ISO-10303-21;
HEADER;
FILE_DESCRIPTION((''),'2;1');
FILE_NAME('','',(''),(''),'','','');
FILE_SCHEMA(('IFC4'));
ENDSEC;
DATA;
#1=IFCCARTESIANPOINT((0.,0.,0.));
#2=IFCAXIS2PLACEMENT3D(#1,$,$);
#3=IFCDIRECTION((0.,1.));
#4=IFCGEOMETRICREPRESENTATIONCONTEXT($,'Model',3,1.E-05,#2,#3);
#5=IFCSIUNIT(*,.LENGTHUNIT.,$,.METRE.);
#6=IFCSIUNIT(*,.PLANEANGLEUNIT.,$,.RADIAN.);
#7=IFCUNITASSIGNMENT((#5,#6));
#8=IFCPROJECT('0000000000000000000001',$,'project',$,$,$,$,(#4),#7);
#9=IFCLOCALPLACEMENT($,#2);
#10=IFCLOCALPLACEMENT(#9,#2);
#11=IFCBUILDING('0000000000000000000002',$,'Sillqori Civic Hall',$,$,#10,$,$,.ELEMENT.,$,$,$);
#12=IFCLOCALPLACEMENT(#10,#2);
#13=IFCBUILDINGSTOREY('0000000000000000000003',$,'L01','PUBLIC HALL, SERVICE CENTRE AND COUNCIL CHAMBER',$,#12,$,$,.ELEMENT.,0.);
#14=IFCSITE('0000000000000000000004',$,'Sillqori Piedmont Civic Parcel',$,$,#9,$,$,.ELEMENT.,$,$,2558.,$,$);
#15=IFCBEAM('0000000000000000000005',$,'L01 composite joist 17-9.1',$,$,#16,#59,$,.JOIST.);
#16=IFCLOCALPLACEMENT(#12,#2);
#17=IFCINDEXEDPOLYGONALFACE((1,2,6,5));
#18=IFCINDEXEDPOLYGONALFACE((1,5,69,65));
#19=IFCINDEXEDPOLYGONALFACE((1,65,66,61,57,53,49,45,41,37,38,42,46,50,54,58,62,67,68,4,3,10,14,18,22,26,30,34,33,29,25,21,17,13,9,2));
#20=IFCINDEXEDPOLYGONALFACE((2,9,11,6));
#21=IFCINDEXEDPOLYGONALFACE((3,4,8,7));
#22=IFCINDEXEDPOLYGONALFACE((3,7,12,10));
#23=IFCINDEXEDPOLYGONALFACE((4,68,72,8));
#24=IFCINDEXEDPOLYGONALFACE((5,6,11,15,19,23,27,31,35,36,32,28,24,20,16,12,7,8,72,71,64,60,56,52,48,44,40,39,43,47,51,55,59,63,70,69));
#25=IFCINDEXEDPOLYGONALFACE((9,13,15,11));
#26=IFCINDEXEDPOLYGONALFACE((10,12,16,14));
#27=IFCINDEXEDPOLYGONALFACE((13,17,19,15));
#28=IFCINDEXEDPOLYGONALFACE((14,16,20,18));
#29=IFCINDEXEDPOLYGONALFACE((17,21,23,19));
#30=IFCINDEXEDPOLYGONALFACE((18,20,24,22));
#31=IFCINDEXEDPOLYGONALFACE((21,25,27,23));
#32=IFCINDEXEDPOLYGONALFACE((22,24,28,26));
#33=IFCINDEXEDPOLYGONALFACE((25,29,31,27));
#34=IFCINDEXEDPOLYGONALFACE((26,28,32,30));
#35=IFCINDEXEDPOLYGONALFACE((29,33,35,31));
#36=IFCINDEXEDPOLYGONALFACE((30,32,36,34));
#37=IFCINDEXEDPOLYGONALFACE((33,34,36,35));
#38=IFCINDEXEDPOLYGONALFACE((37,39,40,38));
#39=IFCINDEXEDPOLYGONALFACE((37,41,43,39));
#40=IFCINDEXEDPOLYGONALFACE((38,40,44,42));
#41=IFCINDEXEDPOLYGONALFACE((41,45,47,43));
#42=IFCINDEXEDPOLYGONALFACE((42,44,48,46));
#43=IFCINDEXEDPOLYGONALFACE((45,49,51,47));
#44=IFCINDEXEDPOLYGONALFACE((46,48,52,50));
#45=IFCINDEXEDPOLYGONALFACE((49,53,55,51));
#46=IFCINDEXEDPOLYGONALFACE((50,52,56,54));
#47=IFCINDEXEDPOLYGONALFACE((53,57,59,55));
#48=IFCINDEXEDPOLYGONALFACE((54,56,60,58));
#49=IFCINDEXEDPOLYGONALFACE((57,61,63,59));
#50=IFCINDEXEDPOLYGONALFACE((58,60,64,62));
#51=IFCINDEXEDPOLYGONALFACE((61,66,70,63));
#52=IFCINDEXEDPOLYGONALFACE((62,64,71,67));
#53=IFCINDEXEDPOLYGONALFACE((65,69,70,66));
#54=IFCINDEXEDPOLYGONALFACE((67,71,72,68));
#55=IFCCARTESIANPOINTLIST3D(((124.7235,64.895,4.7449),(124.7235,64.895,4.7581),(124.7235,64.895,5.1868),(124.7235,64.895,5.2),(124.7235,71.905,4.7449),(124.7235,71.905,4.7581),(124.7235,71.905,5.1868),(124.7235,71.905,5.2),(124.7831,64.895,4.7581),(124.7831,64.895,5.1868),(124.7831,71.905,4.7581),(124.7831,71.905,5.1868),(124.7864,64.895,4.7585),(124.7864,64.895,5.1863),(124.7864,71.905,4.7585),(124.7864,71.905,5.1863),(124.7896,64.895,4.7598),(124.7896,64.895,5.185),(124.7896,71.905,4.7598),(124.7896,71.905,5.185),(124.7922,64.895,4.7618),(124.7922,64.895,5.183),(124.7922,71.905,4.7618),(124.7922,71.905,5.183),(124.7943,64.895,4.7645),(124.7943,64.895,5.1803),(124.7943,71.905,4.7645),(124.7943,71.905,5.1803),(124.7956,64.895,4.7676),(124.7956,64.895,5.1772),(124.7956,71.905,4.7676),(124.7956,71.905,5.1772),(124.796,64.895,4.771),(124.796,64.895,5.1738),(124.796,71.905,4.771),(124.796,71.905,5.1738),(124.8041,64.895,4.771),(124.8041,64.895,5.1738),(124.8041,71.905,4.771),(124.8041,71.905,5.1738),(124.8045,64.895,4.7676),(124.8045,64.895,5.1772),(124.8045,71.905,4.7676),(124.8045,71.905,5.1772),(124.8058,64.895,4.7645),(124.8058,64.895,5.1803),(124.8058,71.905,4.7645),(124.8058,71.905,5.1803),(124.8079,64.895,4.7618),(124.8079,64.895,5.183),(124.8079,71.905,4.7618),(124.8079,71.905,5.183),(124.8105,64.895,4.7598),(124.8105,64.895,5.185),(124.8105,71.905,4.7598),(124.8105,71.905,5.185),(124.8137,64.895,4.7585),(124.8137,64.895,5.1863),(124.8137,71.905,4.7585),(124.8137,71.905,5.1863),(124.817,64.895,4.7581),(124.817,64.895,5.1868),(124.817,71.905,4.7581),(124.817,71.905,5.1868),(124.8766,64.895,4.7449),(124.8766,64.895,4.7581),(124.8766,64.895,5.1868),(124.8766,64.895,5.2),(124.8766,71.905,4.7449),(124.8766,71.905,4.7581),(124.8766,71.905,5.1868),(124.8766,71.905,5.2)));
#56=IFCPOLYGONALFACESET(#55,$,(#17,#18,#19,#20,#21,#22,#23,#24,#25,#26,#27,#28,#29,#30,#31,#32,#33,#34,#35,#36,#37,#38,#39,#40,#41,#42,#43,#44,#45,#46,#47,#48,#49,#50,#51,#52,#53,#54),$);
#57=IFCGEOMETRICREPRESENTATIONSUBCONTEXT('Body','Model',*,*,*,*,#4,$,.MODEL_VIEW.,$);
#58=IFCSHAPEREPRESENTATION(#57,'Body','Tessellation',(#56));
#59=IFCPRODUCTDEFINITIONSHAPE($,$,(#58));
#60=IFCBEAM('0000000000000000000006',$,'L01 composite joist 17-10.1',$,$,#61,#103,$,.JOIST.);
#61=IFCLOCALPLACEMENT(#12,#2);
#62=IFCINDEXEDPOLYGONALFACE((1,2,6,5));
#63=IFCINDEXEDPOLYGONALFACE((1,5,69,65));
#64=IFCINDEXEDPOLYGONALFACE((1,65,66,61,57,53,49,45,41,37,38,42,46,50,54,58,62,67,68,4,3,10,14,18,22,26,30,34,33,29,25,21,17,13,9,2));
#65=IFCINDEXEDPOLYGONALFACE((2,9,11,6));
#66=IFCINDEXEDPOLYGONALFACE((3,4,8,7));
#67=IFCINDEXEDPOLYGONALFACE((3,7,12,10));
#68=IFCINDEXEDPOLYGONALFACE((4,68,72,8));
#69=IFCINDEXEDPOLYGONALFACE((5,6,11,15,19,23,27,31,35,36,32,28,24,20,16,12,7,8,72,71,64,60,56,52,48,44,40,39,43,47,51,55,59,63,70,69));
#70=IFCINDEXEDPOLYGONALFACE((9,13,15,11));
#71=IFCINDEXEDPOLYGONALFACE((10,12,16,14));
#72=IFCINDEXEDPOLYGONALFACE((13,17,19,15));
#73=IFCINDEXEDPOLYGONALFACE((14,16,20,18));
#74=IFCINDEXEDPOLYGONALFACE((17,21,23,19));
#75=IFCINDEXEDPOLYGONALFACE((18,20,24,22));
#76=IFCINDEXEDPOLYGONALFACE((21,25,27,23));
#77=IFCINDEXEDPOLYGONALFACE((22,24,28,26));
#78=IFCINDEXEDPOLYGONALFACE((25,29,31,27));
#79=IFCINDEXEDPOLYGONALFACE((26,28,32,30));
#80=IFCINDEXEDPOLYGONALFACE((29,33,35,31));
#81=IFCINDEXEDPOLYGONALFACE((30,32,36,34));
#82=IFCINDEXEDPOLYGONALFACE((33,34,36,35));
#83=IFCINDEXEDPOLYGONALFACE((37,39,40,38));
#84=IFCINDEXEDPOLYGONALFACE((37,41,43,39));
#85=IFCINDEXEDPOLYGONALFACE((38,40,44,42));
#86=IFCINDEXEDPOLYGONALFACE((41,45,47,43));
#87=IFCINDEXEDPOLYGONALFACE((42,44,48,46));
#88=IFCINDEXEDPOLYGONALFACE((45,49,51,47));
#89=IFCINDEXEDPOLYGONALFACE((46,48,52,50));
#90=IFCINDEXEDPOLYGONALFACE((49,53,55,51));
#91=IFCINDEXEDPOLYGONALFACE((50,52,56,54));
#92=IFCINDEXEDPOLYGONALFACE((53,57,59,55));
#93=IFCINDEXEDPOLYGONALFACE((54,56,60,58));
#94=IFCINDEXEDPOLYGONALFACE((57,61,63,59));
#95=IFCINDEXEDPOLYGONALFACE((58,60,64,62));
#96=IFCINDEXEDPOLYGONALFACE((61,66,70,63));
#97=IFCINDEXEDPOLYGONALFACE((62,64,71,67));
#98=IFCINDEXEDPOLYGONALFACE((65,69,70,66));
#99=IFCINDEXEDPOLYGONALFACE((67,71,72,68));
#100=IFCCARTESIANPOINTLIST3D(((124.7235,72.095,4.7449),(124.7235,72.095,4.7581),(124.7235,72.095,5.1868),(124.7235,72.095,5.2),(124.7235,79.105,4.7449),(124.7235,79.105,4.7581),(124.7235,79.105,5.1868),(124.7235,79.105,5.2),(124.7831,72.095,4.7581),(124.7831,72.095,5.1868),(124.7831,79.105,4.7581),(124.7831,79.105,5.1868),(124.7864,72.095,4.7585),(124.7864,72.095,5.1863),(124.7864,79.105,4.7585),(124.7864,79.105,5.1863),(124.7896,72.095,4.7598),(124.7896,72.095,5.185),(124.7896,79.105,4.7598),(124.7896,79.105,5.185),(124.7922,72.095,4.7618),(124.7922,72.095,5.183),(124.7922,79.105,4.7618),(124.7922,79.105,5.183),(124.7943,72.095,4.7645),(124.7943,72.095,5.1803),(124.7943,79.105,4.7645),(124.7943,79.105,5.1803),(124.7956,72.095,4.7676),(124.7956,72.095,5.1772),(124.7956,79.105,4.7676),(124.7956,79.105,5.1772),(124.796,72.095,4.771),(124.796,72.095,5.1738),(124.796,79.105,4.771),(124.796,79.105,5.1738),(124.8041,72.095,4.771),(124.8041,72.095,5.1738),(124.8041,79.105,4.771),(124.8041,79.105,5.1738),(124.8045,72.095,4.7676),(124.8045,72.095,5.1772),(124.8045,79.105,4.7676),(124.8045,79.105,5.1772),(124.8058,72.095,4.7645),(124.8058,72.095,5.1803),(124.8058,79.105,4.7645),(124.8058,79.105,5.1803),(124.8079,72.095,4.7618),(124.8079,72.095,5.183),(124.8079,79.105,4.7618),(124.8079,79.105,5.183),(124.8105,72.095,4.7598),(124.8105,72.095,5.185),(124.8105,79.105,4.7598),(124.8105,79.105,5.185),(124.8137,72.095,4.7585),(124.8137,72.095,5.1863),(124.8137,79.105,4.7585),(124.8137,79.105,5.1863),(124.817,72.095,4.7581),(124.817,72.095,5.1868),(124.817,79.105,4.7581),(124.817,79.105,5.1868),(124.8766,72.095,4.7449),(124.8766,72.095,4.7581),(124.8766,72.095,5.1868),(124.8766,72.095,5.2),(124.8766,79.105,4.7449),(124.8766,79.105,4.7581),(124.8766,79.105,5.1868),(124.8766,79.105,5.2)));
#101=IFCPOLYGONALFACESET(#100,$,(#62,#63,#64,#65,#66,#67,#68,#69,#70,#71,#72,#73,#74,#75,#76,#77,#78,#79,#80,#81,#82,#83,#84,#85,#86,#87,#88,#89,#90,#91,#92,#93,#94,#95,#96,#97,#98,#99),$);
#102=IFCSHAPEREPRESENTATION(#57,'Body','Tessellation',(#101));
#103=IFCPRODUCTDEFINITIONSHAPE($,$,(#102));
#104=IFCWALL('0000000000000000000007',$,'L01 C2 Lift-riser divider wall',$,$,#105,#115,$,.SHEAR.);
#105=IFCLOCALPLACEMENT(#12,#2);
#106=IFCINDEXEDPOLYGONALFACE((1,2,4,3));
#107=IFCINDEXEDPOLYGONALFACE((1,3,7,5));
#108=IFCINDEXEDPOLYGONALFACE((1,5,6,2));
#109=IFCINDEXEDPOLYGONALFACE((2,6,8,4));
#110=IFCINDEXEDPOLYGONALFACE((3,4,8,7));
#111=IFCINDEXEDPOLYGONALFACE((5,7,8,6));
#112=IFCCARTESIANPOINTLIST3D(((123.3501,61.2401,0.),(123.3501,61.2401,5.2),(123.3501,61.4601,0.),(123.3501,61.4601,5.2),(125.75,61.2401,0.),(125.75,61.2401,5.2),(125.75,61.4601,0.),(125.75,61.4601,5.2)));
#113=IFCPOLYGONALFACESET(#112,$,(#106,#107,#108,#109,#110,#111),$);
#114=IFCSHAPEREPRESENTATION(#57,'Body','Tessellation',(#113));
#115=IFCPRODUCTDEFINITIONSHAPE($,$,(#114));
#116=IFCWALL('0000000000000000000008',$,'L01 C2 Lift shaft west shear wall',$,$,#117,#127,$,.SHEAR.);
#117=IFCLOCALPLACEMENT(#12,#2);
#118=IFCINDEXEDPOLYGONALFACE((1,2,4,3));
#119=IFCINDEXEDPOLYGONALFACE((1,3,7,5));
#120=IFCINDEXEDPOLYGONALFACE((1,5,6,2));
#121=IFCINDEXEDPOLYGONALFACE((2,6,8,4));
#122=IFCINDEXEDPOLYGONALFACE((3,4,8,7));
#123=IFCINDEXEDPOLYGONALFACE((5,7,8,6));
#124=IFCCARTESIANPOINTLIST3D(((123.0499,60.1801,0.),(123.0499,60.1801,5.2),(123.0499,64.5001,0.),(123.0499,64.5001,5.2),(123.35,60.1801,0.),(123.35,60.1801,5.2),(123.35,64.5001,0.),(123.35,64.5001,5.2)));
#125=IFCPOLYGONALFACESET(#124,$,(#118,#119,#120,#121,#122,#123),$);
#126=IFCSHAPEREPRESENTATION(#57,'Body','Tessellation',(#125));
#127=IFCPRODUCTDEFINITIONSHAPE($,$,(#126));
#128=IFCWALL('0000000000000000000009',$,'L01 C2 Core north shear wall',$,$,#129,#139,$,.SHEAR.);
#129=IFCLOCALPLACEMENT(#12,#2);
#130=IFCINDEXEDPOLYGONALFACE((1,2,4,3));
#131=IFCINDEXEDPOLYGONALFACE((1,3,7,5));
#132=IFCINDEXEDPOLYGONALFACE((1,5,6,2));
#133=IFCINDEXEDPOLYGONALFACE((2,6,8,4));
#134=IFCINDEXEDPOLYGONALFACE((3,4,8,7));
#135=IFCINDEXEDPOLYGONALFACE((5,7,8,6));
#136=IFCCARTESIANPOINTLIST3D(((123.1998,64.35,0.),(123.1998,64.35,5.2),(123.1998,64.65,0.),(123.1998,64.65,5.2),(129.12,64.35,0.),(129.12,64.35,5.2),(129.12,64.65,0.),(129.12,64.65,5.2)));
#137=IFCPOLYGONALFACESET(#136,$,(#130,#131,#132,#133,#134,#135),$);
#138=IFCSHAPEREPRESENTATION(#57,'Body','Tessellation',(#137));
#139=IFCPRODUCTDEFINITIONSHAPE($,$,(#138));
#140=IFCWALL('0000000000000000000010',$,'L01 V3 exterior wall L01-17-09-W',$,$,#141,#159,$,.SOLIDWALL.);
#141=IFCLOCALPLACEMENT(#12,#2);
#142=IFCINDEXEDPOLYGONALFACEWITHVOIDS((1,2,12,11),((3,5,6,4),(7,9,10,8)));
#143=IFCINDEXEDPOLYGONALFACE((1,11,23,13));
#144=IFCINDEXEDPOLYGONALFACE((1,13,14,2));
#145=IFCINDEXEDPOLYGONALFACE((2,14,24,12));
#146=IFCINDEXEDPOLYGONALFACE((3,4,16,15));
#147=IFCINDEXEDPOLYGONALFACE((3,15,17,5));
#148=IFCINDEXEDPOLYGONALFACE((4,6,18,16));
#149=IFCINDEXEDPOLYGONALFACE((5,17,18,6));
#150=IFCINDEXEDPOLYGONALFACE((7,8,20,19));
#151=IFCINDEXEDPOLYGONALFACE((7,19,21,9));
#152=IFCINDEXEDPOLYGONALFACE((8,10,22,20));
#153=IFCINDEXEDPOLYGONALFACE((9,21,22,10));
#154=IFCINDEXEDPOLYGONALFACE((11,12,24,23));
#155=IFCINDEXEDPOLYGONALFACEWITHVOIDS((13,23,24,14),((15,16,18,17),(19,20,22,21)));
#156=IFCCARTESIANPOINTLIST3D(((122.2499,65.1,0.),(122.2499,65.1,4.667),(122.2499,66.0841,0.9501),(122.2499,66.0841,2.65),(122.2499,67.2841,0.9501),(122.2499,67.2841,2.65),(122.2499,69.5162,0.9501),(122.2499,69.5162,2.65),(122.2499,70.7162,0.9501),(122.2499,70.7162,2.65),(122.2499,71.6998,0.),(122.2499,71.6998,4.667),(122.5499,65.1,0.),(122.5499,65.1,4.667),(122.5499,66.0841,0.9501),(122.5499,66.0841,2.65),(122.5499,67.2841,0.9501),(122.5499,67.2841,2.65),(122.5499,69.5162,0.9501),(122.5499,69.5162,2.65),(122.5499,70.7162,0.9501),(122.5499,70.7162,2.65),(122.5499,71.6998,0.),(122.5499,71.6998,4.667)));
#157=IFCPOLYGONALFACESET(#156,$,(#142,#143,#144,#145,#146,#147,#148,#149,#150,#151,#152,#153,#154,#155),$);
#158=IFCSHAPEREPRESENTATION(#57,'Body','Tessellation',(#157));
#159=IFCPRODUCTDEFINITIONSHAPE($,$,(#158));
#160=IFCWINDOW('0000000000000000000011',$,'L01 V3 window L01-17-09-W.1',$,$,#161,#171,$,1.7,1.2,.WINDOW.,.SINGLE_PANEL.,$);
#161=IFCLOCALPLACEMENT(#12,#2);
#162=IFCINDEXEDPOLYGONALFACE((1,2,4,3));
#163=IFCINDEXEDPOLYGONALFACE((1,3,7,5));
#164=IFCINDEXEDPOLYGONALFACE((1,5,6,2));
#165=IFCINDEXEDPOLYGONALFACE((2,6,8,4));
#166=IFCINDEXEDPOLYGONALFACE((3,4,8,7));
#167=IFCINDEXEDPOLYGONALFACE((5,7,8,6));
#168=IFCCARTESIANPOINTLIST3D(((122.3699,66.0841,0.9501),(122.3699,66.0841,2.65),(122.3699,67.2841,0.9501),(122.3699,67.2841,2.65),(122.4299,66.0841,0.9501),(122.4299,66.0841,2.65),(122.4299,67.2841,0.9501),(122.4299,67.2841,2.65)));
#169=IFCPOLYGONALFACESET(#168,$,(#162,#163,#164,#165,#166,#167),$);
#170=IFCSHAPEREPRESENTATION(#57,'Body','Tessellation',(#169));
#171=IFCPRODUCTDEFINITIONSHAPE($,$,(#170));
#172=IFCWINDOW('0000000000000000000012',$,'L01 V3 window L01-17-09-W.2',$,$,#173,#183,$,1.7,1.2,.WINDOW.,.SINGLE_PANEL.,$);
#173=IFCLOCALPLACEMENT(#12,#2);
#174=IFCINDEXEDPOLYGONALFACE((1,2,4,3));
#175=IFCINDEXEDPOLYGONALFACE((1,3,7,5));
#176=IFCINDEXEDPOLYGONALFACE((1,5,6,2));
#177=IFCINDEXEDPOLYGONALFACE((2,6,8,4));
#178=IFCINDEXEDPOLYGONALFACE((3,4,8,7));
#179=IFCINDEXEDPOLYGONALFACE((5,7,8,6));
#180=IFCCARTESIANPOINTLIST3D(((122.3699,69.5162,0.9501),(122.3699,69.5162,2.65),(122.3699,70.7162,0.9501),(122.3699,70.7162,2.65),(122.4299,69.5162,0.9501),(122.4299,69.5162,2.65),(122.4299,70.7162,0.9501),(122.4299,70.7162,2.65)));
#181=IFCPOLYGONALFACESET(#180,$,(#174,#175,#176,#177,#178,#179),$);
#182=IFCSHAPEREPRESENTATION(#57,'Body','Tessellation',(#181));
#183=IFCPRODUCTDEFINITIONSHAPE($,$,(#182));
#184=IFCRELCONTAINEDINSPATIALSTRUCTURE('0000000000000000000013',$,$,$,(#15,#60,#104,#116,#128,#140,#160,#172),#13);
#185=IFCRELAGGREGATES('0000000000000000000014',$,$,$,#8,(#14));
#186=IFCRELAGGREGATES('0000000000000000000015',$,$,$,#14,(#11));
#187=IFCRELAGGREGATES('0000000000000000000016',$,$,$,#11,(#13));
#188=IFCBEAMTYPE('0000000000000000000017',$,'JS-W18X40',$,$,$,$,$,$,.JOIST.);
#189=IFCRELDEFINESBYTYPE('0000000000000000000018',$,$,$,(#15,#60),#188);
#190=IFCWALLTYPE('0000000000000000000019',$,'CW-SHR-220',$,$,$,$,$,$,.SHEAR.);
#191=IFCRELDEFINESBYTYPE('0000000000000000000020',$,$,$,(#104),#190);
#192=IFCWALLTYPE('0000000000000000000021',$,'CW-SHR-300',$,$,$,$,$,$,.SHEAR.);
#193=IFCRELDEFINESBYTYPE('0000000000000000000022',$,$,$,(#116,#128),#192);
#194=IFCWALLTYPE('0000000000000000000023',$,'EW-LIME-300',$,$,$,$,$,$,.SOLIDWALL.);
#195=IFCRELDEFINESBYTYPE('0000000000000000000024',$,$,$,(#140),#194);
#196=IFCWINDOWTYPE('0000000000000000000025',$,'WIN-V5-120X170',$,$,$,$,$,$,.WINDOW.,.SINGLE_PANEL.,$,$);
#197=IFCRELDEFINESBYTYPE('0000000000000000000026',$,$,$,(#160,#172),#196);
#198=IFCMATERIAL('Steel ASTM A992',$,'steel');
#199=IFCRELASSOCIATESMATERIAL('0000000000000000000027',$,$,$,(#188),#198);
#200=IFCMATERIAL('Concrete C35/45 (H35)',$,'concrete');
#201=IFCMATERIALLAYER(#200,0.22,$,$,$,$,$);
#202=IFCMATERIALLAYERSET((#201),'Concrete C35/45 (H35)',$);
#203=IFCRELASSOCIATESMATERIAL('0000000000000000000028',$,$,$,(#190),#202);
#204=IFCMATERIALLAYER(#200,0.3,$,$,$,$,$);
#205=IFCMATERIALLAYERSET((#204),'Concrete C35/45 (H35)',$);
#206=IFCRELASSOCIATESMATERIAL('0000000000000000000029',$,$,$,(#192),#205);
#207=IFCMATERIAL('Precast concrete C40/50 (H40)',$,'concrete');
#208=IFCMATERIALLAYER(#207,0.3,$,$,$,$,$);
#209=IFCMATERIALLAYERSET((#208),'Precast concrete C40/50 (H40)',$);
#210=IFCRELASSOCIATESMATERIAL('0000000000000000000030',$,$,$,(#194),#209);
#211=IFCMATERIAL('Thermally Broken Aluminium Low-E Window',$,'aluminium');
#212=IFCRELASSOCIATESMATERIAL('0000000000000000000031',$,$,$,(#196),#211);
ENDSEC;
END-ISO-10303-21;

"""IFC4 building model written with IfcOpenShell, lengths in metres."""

from ifc_helpers import new_model, si_unit, direction, frame, frame_2d, origin, origin_2d, place, context, subcontext, project, spatial, rectangle, i_section, extrude, material, layer, layer_set, material_profile, profile_set, type_object, element, fill, save


model = new_model("IFC4")

# Units and contexts
model_context = context("Model", 3, precision=1e-05, world=origin(), true_north=direction((0.0, 1.0)))
body_context = subcontext(model_context, "Body", "Model", "MODEL_VIEW")
ifc_project = project(units=[si_unit("LENGTHUNIT", "METRE"), si_unit("PLANEANGLEUNIT", "RADIAN")], contexts=[model_context])

# Site, building, storey
site_placement = place(None, origin())
site = spatial("IfcSite", under=ifc_project, at=site_placement, Name="Sillqori Piedmont Civic Parcel", CompositionType="ELEMENT", RefElevation=2558.0)
building_placement = place(site_placement, origin())
building = spatial("IfcBuilding", under=site, at=building_placement, Name="Sillqori Civic Hall", CompositionType="ELEMENT")
storey_placement = place(building_placement, origin())
storey = spatial("IfcBuildingStorey", under=building, at=storey_placement, Name="L01", Description="PUBLIC HALL, SERVICE CENTRE AND COUNCIL CHAMBER", CompositionType="ELEMENT", Elevation=0.0)

# Shared definitions
ifc_material_1 = material(Name="Concrete C35/45 (H35)", Category="concrete")

# Beams
ifc_material_2 = material(Name="Steel ASTM A992", Category="steel")
ifc_material_profile_1 = material_profile(ifc_material_2, i_section(OverallWidth=0.1531, OverallDepth=0.4551, WebThickness=0.0081, FlangeThickness=0.0132, FilletRadius=0.0129, at=origin_2d()), Name="W18X40")
ifc_profile_set_1 = profile_set([ifc_material_profile_1], Name="Steel ASTM A992")
beam_type_1 = type_object("IfcBeamType", Name="JS-W18X40", PredefinedType="JOIST", material=ifc_profile_set_1)
for number, where, z_axis, x_axis, name in (
    (1, (124.8, 64.895, 4.9724), (0.0, 1.0, 0.0), (-1.0, 0.0, 0.0), "L01 composite joist 17-9.1"),
    (2, (124.8, 72.095, 4.9724), (0.0, 1.0, 0.0), (-1.0, 0.0, 0.0), "L01 composite joist 17-10.1"),
):
    element("IfcBeam", number, at=place(storey_placement, frame(where, z_axis=z_axis, x_axis=x_axis)), inside=storey, type_object=beam_type_1, Name=name, PredefinedType="JOIST", context=body_context, shape_type="SweptSolid", body=[
        extrude(i_section(OverallWidth=0.1531, OverallDepth=0.4551, WebThickness=0.0081, FlangeThickness=0.0132, FilletRadius=0.0129, at=origin_2d()), origin(), (0.0, 0.0, 1.0), 7.01),
    ])

# Wall
ifc_layer_1 = layer(ifc_material_1, 0.22)
ifc_layer_set_1 = layer_set([ifc_layer_1], Name="Concrete C35/45 (H35)")
wall_type_1 = type_object("IfcWallType", Name="CW-SHR-220", PredefinedType="SHEAR", material=ifc_layer_set_1)
wall_1_placement = place(storey_placement, frame((123.3501, 61.3501, 0.0), z_axis=(0.0, 0.0, 1.0), x_axis=(1.0, 0.0, 0.0)))
element("IfcWall", 3, at=wall_1_placement, inside=storey, type_object=wall_type_1, Name="L01 C2 Lift-riser divider wall", PredefinedType="SHEAR", context=body_context, shape_type="SweptSolid", body=[
    extrude(rectangle(XDim=2.3999, YDim=0.22, at=frame_2d((1.2, 0.0))), origin(), (0.0, 0.0, 1.0), 5.2),
])

# Walls
ifc_layer_2 = layer(ifc_material_1, 0.3)
ifc_layer_set_2 = layer_set([ifc_layer_2], Name="Concrete C35/45 (H35)")
wall_type_2 = type_object("IfcWallType", Name="CW-SHR-300", PredefinedType="SHEAR", material=ifc_layer_set_2)
wall_2_placement = place(storey_placement, frame((123.2, 60.1799, 0.0), z_axis=(0.0, 0.0, 1.0), x_axis=(0.0, 1.0, 0.0)))
element("IfcWall", 4, at=wall_2_placement, inside=storey, type_object=wall_type_2, Name="L01 C2 Lift shaft west shear wall", PredefinedType="SHEAR", context=body_context, shape_type="SweptSolid", body=[
    extrude(rectangle(XDim=4.3201, YDim=0.3, at=frame_2d((2.1602, 0.0))), origin(), (0.0, 0.0, 1.0), 5.2),
])
wall_3_placement = place(storey_placement, frame((123.2, 64.5, 0.0), z_axis=(0.0, 0.0, 1.0), x_axis=(1.0, 0.0, 0.0)))
element("IfcWall", 5, at=wall_3_placement, inside=storey, type_object=wall_type_2, Name="L01 C2 Core north shear wall", PredefinedType="SHEAR", context=body_context, shape_type="SweptSolid", body=[
    extrude(rectangle(XDim=5.9202, YDim=0.3, at=frame_2d((2.96, 0.0))), origin(), (0.0, 0.0, 1.0), 5.2),
])

# Wall, openings, windows
ifc_material_3 = material(Name="Precast concrete C40/50 (H40)", Category="concrete")
ifc_layer_3 = layer(ifc_material_3, 0.3)
ifc_layer_set_3 = layer_set([ifc_layer_3], Name="Precast concrete C40/50 (H40)")
wall_type_3 = type_object("IfcWallType", Name="EW-LIME-300", PredefinedType="SOLIDWALL", material=ifc_layer_set_3)
wall_4_placement = place(storey_placement, frame((122.3999, 65.1001, 0.0), z_axis=(0.0, 0.0, 1.0), x_axis=(0.0, 1.0, 0.0)))
wall_4 = element("IfcWall", 6, at=wall_4_placement, inside=storey, type_object=wall_type_3, Name="L01 V3 exterior wall L01-17-09-W", PredefinedType="SOLIDWALL", context=body_context, shape_type="SweptSolid", body=[
    extrude(rectangle(XDim=6.5999, YDim=0.3, at=frame_2d((3.2998, 0.0))), origin(), (0.0, 0.0, 1.0), 4.667),
])
opening_1_placement = place(wall_4_placement, frame((0.9839, 0.0, 0.95)))
opening_1 = element("IfcOpeningElement", 7, at=opening_1_placement, cuts=wall_4, PredefinedType="OPENING", context=body_context, shape_type="SweptSolid", body=[
    extrude(rectangle(XDim=1.2, YDim=1.7, at=frame_2d((0.6001, 0.8501))), frame((0.0, 0.1599, 0.0), z_axis=(0.0, -1.0, 0.0), x_axis=(1.0, 0.0, 0.0)), (0.0, 0.0, 1.0), 0.3201),
])
opening_2_placement = place(wall_4_placement, frame((4.416, 0.0, 0.95)))
opening_2 = element("IfcOpeningElement", 8, at=opening_2_placement, cuts=wall_4, PredefinedType="OPENING", context=body_context, shape_type="SweptSolid", body=[
    extrude(rectangle(XDim=1.2, YDim=1.7, at=frame_2d((0.6001, 0.8501))), frame((0.0, 0.1599, 0.0), z_axis=(0.0, -1.0, 0.0), x_axis=(1.0, 0.0, 0.0)), (0.0, 0.0, 1.0), 0.3201),
])
ifc_material_4 = material(Name="Thermally Broken Aluminium Low-E Window", Category="aluminium")
window_type = type_object("IfcWindowType", Name="WIN-V5-120X170", PartitioningType="SINGLE_PANEL", PredefinedType="WINDOW", material=ifc_material_4)
window_1_placement = place(opening_1_placement, origin())
window_1 = element("IfcWindow", 9, at=window_1_placement, inside=storey, type_object=window_type, Name="L01 V3 window L01-17-09-W.1", OverallHeight=1.7, OverallWidth=1.2, PartitioningType="SINGLE_PANEL", PredefinedType="WINDOW", context=body_context, shape_type="SweptSolid", body=[
    extrude(rectangle(XDim=1.2, YDim=1.7, at=frame_2d((0.6001, 0.8501))), frame((0.0, 0.03, 0.0), z_axis=(0.0, -1.0, 0.0), x_axis=(1.0, 0.0, 0.0)), (0.0, 0.0, 1.0), 0.0601),
])
fill(opening_1, window_1)
window_2_placement = place(opening_2_placement, origin())
window_2 = element("IfcWindow", 10, at=window_2_placement, inside=storey, type_object=window_type, Name="L01 V3 window L01-17-09-W.2", OverallHeight=1.7, OverallWidth=1.2, PartitioningType="SINGLE_PANEL", PredefinedType="WINDOW", context=body_context, shape_type="SweptSolid", body=[
    extrude(rectangle(XDim=1.2, YDim=1.7, at=frame_2d((0.6001, 0.8501))), frame((0.0, 0.03, 0.0), z_axis=(0.0, -1.0, 0.0), x_axis=(1.0, 0.0, 0.0)), (0.0, 0.0, 1.0), 0.0601),
])
fill(opening_2, window_2)

save(model, "model.ifc")
